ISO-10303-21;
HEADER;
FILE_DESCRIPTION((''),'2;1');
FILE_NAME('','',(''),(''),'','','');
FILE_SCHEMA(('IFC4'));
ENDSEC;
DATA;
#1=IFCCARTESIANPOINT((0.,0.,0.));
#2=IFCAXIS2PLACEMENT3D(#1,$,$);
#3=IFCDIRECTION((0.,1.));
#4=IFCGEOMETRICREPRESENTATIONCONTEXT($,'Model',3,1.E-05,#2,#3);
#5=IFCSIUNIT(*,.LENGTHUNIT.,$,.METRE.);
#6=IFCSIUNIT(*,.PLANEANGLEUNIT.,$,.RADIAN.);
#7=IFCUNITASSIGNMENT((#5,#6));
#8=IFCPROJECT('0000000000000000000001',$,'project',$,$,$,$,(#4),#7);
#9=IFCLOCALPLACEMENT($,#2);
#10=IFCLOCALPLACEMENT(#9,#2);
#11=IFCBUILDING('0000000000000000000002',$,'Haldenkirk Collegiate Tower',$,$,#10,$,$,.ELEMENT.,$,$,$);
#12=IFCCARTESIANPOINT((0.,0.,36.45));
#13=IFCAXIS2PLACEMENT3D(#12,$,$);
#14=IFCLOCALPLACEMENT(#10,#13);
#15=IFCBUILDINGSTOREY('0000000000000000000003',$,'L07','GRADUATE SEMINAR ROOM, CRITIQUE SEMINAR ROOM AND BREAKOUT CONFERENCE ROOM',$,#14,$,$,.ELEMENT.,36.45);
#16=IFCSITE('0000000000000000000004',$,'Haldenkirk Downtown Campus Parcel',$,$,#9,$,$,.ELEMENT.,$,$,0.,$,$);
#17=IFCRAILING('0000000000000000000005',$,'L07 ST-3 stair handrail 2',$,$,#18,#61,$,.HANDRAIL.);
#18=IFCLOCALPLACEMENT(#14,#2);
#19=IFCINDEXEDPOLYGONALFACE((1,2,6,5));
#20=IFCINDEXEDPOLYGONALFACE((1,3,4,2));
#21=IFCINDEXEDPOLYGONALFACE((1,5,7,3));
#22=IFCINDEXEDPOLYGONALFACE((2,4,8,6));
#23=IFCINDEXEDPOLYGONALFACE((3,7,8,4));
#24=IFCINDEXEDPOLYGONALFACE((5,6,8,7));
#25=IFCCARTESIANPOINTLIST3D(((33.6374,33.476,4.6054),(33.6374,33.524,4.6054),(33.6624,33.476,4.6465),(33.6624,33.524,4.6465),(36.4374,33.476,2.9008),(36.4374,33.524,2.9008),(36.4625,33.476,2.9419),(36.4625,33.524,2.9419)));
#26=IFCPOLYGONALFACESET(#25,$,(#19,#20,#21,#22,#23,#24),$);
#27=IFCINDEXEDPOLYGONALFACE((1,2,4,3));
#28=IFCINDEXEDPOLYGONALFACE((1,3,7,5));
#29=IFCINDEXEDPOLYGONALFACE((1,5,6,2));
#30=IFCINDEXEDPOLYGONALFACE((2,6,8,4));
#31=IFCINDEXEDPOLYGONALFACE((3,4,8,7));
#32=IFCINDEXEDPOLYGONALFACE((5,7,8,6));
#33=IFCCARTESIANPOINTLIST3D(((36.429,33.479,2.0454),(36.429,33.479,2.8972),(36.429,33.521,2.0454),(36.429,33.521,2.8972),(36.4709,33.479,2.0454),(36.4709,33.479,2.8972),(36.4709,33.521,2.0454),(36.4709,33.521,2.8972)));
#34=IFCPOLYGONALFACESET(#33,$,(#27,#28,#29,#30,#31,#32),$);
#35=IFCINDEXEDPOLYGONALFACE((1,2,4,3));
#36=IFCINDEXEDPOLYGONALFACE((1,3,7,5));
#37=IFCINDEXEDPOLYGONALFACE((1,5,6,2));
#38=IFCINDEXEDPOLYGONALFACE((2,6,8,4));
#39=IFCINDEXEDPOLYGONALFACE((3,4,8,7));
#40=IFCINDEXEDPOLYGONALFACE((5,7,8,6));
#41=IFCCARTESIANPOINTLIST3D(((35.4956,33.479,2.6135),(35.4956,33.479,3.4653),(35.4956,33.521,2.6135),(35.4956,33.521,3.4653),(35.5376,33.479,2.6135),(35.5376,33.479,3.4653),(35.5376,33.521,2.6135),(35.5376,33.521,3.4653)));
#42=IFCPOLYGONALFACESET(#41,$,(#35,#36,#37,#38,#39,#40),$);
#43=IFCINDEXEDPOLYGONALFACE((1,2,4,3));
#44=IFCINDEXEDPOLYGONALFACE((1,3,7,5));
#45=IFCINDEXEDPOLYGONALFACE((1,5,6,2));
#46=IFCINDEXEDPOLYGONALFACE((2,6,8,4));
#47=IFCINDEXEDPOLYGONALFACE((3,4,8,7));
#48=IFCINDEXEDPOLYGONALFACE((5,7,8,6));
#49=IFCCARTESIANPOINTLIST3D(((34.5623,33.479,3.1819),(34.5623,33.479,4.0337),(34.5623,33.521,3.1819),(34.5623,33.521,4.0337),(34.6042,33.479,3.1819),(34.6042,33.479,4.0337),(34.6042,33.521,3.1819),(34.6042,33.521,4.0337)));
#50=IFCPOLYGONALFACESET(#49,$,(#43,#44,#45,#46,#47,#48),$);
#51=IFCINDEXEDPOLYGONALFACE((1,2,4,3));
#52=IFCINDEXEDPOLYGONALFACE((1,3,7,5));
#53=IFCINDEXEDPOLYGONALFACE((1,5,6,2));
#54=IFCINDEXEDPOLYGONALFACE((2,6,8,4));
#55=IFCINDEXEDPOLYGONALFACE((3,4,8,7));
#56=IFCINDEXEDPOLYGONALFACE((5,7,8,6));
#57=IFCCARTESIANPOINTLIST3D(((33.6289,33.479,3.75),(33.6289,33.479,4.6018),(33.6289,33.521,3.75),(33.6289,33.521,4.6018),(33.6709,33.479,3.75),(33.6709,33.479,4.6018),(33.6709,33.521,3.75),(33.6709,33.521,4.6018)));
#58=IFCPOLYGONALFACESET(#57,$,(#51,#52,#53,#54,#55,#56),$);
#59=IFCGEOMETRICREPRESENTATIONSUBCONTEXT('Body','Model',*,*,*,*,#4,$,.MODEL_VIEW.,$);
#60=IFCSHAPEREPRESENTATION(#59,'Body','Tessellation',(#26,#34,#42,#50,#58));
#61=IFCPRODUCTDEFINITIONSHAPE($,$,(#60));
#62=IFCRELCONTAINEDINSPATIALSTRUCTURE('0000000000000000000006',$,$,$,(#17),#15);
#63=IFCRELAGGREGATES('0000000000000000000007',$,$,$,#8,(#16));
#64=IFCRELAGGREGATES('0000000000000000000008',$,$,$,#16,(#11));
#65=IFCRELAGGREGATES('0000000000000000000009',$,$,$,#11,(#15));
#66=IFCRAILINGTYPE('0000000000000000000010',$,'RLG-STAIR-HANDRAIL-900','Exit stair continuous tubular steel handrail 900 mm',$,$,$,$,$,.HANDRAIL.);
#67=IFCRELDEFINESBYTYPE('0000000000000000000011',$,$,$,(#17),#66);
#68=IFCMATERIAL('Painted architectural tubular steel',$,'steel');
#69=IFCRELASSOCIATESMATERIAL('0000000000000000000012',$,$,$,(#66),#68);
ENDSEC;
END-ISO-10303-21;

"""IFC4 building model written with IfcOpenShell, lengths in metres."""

from ifc_helpers import new_model, si_unit, direction, frame, origin, origin_2d, place, context, subcontext, project, spatial, rectangle, extrude, material, type_object, element, save


model = new_model("IFC4")

# Units and contexts
model_context = context("Model", 3, precision=1e-05, world=origin(), true_north=direction((0.0, 1.0)))
body_context = subcontext(model_context, "Body", "Model", "MODEL_VIEW")
ifc_project = project(units=[si_unit("LENGTHUNIT", "METRE"), si_unit("PLANEANGLEUNIT", "RADIAN")], contexts=[model_context])

# Site, building, storey
site_placement = place(None, origin())
site = spatial("IfcSite", under=ifc_project, at=site_placement, Name="Haldenkirk Downtown Campus Parcel", CompositionType="ELEMENT", RefElevation=0.0)
building_placement = place(site_placement, origin())
building = spatial("IfcBuilding", under=site, at=building_placement, Name="Haldenkirk Collegiate Tower", CompositionType="ELEMENT")
storey_placement = place(building_placement, frame((0.0, 0.0, 36.45)))
storey = spatial("IfcBuildingStorey", under=building, at=storey_placement, Name="L07", Description="GRADUATE SEMINAR ROOM, CRITIQUE SEMINAR ROOM AND BREAKOUT CONFERENCE ROOM", CompositionType="ELEMENT", Elevation=36.45)

# Railing
ifc_material_1 = material(Name="Painted architectural tubular steel", Category="steel")
railing_type_1 = type_object("IfcRailingType", Name="RLG-STAIR-HANDRAIL-900", Description="Exit stair continuous tubular steel handrail 900 mm", PredefinedType="HANDRAIL", material=ifc_material_1)
railing_1_placement = place(storey_placement, frame((36.45, 33.5, 2.0454)))
element("IfcRailing", 1, at=railing_1_placement, inside=storey, type_object=railing_type_1, Name="L07 ST-3 stair handrail 2", PredefinedType="HANDRAIL", context=body_context, shape_type="SweptSolid", body=[
    extrude(rectangle(XDim=0.0481, YDim=0.0481, at=origin_2d()), frame((0.0, 0.0, 0.876), z_axis=(-0.85417, 0.0, 0.519994), x_axis=(0.0, -1.0, 0.0)), (0.0, 0.0, 1.0), 3.2781),
    extrude(rectangle(XDim=0.042, YDim=0.042, at=origin_2d()), origin(), (0.0, 0.0, 1.0), 0.8518),
    extrude(rectangle(XDim=0.042, YDim=0.042, at=origin_2d()), frame((-0.9333, 0.0, 0.5681)), (0.0, 0.0, 1.0), 0.8518),
    extrude(rectangle(XDim=0.042, YDim=0.042, at=origin_2d()), frame((-1.8667, 0.0, 1.1365)), (0.0, 0.0, 1.0), 0.8518),
    extrude(rectangle(XDim=0.042, YDim=0.042, at=origin_2d()), frame((-2.8, 0.0, 1.7046)), (0.0, 0.0, 1.0), 0.8518),
])

save(model, "model.ifc")
